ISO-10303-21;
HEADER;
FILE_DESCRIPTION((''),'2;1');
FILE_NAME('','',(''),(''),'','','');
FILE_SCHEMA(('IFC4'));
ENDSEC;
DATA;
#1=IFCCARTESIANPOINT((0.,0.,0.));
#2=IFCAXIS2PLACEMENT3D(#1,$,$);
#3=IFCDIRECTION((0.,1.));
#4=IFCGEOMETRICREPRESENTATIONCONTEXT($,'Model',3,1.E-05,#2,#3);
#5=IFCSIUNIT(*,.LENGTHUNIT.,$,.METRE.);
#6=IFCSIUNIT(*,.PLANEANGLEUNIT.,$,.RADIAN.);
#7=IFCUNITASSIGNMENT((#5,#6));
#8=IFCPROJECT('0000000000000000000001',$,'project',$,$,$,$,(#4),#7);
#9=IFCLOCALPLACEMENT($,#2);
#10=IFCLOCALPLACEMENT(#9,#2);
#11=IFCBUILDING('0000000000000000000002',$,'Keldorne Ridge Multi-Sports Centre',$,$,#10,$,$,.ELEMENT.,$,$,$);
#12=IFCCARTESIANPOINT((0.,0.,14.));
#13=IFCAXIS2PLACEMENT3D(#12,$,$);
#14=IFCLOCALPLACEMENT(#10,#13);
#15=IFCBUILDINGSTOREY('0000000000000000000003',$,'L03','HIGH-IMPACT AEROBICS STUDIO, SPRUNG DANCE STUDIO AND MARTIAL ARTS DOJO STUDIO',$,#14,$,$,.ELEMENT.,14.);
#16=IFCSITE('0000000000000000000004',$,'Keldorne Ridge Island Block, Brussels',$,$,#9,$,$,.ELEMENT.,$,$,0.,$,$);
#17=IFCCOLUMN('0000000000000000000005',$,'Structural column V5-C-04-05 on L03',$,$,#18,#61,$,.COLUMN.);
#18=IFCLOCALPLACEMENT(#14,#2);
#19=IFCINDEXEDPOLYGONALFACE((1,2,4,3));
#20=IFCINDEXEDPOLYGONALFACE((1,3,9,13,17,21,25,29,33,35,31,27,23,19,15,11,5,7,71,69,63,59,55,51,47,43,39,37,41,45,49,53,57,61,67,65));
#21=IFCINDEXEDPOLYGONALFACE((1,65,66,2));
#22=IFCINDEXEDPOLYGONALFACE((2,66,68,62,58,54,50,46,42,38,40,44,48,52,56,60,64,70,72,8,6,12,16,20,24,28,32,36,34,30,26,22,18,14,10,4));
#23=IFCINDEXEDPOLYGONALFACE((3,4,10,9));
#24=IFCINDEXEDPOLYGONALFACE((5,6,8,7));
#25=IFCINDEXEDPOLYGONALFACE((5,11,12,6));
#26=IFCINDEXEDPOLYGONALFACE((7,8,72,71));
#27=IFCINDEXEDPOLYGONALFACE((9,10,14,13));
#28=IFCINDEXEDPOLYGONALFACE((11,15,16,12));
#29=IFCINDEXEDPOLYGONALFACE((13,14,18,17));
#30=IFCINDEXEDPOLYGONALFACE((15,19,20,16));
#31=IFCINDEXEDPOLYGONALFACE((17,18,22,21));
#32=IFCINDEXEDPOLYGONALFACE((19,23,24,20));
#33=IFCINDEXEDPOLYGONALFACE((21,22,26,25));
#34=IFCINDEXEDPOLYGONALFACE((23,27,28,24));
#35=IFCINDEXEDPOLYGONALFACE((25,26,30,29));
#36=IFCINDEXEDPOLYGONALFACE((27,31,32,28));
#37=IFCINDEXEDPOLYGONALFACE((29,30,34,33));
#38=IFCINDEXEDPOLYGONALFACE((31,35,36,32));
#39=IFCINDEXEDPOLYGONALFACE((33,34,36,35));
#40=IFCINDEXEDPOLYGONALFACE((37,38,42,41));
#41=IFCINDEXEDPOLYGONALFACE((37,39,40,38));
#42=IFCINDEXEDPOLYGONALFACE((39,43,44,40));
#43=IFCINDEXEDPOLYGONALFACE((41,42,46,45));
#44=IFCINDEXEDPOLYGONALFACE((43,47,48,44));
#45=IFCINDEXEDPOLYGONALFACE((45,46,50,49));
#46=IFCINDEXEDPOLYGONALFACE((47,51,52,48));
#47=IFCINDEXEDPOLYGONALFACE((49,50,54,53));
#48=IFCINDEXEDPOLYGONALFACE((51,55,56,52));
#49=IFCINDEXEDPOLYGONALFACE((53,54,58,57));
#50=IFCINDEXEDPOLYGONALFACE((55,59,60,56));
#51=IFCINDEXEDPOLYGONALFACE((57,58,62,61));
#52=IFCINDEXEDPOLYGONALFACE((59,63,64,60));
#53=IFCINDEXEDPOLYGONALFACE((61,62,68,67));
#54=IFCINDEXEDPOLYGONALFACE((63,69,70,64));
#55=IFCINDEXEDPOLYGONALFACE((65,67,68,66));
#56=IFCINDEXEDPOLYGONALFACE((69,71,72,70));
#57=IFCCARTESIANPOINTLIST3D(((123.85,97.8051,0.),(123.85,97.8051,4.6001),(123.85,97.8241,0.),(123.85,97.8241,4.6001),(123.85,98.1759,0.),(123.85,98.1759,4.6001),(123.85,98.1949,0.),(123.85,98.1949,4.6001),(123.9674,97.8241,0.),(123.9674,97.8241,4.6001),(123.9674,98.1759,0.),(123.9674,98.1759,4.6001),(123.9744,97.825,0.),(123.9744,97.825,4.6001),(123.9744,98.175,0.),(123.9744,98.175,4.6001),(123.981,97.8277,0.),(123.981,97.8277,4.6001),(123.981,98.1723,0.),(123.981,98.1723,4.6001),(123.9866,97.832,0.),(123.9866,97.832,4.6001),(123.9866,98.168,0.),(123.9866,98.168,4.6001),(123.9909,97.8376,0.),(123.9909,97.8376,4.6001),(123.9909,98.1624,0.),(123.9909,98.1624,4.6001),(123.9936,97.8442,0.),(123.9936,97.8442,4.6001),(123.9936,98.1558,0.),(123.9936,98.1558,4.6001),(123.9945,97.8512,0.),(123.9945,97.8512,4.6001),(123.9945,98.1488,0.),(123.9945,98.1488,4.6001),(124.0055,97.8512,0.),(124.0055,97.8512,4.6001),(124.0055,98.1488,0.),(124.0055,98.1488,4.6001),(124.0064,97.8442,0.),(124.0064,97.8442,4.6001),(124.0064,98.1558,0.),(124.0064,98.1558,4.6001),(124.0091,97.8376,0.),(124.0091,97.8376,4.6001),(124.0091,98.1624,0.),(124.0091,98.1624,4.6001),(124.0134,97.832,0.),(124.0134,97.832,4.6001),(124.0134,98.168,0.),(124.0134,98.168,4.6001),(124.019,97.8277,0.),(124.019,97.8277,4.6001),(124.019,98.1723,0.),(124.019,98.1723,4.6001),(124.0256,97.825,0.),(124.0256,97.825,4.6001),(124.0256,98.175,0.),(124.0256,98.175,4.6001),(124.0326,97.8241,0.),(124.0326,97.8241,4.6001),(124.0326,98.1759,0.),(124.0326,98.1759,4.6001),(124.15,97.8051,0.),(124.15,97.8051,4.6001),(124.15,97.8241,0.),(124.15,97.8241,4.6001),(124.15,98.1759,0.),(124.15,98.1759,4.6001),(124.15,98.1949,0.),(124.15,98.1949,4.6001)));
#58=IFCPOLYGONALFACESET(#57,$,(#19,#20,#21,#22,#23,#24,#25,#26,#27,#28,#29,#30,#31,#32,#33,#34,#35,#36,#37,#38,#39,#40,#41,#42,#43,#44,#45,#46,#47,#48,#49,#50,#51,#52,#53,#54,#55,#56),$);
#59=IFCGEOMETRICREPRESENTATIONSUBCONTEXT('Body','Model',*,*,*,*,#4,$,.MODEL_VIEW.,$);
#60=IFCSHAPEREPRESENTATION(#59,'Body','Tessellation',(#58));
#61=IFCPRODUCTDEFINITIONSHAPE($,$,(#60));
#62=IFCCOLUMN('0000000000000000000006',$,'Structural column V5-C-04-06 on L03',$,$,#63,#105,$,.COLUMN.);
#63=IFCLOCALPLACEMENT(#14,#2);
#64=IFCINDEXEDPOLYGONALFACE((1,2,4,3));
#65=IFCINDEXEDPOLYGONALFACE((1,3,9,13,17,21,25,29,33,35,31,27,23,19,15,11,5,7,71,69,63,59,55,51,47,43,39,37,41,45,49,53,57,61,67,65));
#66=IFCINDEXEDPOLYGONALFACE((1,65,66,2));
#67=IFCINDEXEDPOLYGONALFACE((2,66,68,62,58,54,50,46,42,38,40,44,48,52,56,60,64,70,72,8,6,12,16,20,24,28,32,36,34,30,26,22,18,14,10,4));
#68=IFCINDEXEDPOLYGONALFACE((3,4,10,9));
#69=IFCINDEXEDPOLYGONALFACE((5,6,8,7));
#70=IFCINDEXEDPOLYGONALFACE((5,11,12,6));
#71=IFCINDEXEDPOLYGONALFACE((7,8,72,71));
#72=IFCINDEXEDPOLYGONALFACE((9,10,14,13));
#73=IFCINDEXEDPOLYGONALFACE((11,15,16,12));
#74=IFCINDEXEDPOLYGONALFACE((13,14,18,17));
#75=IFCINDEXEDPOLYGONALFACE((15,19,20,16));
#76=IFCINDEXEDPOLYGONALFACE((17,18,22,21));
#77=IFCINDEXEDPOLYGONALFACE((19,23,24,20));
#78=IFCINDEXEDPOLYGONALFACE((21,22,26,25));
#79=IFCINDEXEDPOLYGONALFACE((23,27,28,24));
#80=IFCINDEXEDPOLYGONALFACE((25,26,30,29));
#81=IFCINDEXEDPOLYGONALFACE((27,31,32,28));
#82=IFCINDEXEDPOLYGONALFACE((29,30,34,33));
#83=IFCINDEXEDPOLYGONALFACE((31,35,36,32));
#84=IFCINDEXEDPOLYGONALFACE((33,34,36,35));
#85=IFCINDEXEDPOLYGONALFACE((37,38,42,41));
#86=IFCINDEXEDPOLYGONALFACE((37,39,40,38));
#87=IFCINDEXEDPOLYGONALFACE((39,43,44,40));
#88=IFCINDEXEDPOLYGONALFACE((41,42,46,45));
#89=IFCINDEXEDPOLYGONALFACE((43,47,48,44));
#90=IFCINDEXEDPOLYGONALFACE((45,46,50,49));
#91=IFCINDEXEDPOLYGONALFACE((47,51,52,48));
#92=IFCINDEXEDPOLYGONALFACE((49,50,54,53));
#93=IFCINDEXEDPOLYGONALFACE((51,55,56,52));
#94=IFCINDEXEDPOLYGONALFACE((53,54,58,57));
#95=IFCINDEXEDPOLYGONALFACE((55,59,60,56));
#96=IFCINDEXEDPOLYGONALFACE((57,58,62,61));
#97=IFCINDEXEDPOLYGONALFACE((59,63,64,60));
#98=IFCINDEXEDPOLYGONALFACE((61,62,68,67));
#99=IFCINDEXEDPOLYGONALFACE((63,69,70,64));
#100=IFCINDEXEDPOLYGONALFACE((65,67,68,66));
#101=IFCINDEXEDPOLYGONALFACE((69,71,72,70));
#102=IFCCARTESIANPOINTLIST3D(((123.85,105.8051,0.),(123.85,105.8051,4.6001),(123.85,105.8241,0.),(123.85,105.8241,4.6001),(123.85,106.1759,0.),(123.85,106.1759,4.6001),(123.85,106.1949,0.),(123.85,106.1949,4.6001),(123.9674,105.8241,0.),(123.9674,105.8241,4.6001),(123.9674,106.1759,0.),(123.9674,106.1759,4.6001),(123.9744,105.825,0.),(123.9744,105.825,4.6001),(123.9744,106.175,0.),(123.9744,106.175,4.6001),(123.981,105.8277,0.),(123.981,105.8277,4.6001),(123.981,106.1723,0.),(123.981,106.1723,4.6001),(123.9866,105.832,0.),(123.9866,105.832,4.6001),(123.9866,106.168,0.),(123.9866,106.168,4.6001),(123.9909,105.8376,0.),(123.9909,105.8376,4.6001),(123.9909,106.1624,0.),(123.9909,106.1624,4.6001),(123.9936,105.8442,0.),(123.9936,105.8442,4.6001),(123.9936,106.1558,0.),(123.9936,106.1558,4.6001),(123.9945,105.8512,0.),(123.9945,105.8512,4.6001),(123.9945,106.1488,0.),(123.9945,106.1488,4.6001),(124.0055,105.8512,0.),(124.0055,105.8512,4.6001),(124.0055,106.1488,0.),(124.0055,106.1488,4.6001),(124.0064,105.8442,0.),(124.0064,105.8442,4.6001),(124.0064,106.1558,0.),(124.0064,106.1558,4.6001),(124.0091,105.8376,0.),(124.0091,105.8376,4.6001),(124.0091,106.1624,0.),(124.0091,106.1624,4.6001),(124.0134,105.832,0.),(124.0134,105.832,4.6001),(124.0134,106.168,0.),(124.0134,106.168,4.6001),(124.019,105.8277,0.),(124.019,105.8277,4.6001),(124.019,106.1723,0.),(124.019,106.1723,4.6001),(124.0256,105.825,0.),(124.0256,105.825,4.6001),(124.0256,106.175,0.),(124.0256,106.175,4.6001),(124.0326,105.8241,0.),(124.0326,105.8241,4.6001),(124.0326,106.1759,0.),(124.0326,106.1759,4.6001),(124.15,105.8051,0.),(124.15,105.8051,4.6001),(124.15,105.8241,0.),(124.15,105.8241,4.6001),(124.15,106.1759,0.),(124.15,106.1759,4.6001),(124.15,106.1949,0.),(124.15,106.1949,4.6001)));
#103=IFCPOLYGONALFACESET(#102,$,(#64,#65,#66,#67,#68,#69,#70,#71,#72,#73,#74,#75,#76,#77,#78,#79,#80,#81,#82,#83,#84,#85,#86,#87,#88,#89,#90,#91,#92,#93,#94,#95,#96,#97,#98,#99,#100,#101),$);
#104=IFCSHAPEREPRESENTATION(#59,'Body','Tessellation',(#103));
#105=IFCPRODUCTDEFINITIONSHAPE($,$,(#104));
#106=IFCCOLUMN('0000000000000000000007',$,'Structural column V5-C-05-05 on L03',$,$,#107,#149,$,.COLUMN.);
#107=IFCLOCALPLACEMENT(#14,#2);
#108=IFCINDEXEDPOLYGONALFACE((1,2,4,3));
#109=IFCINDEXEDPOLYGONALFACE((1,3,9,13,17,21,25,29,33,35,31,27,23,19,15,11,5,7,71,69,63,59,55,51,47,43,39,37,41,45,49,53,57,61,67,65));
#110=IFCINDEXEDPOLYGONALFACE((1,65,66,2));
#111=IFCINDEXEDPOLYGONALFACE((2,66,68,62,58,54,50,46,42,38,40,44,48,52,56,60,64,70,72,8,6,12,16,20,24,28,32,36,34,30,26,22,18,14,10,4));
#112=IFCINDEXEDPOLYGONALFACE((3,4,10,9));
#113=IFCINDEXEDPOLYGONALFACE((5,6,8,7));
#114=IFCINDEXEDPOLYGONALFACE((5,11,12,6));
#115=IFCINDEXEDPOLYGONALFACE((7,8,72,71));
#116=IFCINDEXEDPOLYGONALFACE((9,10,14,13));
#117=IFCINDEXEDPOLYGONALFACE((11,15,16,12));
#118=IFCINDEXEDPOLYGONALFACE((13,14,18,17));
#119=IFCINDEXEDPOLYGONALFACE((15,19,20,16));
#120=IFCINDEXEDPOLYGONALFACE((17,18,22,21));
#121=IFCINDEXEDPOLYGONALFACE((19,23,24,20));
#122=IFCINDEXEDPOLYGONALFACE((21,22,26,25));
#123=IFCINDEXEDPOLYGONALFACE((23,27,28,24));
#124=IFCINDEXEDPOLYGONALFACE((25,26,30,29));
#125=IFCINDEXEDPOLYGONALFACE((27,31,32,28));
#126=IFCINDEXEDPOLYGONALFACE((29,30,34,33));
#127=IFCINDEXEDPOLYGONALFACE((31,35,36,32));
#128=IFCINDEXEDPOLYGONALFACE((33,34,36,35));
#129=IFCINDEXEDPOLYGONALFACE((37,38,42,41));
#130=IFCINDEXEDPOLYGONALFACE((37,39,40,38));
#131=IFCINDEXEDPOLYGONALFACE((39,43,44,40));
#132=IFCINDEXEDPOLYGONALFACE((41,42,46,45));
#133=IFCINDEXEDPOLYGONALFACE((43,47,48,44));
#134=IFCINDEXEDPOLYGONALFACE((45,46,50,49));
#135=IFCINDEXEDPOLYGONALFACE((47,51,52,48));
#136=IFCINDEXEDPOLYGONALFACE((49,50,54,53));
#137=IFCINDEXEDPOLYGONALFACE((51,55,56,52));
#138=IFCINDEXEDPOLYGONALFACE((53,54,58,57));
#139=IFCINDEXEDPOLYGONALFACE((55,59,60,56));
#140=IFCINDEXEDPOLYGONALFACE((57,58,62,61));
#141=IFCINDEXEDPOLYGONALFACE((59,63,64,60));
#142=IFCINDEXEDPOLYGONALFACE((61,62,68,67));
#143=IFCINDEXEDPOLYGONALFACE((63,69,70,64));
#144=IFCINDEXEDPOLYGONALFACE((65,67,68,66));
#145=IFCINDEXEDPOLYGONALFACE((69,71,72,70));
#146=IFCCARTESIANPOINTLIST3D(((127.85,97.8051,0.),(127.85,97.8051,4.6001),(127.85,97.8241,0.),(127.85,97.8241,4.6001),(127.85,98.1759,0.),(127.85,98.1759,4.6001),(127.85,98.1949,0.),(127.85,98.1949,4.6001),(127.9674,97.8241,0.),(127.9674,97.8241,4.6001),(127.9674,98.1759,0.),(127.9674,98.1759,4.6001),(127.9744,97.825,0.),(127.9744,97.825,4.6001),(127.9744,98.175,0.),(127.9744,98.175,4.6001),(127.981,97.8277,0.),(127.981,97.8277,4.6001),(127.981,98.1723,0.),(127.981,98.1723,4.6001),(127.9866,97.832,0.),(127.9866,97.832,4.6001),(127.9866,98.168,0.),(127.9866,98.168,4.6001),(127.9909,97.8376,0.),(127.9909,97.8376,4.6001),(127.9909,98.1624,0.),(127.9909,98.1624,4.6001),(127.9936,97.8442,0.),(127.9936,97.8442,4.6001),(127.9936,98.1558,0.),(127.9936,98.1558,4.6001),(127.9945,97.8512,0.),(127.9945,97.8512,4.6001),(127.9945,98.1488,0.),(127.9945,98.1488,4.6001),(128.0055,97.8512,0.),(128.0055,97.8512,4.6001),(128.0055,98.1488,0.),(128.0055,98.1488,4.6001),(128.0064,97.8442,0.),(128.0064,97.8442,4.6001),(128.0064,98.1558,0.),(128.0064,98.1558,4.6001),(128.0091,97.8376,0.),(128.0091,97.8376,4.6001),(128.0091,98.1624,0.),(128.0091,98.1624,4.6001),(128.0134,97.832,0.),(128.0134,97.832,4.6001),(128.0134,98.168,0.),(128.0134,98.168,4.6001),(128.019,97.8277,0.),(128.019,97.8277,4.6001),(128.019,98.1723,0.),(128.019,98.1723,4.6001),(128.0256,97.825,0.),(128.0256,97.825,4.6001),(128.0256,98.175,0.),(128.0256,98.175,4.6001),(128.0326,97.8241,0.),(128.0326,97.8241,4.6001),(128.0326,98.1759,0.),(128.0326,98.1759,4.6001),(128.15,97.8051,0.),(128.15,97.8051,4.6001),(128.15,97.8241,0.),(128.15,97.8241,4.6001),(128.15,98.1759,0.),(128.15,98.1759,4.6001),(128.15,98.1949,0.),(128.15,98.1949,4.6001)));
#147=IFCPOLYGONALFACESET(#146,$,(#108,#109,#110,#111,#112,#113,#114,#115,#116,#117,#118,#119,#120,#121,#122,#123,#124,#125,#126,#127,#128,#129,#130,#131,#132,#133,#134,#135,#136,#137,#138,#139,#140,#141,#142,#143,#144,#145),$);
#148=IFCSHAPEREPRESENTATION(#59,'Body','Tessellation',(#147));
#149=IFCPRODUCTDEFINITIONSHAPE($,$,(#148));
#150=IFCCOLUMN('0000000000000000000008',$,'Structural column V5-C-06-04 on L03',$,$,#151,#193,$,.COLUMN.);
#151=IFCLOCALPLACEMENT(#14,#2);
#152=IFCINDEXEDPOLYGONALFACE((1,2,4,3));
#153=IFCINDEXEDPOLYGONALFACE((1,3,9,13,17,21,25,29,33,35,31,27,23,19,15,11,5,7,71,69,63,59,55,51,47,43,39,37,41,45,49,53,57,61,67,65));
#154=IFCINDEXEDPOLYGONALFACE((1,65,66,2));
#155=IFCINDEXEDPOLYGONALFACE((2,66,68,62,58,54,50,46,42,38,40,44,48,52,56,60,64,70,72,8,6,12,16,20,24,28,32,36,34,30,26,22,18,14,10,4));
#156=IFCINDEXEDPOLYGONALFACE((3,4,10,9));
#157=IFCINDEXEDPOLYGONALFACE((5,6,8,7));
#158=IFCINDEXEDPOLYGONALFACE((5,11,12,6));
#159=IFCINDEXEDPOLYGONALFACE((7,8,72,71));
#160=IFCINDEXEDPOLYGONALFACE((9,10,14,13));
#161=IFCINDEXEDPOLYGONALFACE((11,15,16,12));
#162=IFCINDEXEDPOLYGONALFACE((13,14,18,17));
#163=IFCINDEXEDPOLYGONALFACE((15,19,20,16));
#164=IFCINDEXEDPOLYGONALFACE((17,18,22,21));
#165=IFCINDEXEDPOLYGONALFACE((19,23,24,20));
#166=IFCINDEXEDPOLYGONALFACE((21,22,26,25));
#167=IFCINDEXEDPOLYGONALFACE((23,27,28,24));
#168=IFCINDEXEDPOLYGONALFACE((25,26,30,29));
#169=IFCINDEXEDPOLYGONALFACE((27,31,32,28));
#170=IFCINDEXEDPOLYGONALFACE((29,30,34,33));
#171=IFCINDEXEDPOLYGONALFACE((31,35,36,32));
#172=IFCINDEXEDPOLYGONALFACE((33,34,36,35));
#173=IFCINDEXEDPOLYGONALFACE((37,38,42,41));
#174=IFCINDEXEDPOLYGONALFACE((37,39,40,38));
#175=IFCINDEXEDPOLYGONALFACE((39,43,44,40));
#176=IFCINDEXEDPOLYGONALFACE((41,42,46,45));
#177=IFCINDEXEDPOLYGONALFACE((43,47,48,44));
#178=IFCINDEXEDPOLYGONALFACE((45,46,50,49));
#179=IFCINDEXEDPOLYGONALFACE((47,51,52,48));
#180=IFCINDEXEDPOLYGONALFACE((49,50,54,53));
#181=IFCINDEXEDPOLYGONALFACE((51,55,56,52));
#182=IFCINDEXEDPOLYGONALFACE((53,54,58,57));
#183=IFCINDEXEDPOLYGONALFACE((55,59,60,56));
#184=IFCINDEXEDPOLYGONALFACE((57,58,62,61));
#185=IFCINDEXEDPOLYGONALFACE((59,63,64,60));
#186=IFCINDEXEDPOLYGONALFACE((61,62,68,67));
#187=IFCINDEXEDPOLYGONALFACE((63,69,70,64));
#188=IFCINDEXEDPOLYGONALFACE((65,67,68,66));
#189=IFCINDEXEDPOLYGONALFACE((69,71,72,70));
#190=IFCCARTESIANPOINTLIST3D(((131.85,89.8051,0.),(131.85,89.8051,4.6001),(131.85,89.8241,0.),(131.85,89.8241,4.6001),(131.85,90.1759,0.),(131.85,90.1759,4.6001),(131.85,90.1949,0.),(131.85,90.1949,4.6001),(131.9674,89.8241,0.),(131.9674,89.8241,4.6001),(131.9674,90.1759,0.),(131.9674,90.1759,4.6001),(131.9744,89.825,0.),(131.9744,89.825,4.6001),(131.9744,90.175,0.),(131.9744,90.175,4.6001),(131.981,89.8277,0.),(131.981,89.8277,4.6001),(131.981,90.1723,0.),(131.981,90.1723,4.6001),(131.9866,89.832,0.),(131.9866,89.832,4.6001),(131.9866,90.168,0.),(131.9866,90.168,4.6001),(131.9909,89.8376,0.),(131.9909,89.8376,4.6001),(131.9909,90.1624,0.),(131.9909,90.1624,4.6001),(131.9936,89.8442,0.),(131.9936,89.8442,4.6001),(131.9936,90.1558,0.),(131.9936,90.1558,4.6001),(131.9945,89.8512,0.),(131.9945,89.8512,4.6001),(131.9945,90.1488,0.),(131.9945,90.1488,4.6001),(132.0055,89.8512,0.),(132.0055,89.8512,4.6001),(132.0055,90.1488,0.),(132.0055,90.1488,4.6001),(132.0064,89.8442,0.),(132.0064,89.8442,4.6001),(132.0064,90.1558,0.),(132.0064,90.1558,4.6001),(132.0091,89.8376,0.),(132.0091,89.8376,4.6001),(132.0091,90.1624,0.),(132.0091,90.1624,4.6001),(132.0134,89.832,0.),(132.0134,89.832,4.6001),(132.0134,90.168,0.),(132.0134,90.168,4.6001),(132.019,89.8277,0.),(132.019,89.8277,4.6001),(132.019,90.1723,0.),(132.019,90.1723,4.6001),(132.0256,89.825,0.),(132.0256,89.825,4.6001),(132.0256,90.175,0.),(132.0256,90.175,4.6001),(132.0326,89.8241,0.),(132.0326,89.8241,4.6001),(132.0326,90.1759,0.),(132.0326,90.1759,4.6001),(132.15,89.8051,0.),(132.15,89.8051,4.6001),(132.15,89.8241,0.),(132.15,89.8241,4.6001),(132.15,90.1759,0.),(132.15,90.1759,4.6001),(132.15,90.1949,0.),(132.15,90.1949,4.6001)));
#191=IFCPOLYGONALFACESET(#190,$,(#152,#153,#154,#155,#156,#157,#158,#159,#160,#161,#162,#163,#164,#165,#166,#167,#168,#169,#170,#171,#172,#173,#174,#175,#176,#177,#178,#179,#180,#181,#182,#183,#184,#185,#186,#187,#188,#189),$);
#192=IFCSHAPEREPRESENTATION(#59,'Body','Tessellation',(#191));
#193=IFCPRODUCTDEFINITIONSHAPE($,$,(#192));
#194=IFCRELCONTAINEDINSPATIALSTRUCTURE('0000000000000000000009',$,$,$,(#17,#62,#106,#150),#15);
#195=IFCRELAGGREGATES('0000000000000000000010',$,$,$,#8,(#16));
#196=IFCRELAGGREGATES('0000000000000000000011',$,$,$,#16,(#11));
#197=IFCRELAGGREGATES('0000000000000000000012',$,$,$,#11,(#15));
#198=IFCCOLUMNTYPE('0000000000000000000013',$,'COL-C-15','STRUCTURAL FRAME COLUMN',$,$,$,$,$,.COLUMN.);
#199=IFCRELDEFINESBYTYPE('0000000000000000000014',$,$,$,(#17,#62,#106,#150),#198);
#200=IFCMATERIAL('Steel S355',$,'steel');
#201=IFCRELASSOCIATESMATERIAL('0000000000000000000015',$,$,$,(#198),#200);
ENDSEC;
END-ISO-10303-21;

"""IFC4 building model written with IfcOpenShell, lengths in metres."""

from ifc_helpers import new_model, si_unit, direction, frame, origin, origin_2d, place, context, subcontext, project, spatial, i_section, extrude, material, material_profile, profile_set, type_object, element, save


model = new_model("IFC4")

# Units and contexts
model_context = context("Model", 3, precision=1e-05, world=origin(), true_north=direction((0.0, 1.0)))
body_context = subcontext(model_context, "Body", "Model", "MODEL_VIEW")
ifc_project = project(units=[si_unit("LENGTHUNIT", "METRE"), si_unit("PLANEANGLEUNIT", "RADIAN")], contexts=[model_context])

# Site, building, storey
site_placement = place(None, origin())
site = spatial("IfcSite", under=ifc_project, at=site_placement, Name="Keldorne Ridge Island Block, Brussels", CompositionType="ELEMENT", RefElevation=0.0)
building_placement = place(site_placement, origin())
building = spatial("IfcBuilding", under=site, at=building_placement, Name="Keldorne Ridge Multi-Sports Centre", CompositionType="ELEMENT")
storey_placement = place(building_placement, frame((0.0, 0.0, 14.0)))
storey = spatial("IfcBuildingStorey", under=building, at=storey_placement, Name="L03", Description="HIGH-IMPACT AEROBICS STUDIO, SPRUNG DANCE STUDIO AND MARTIAL ARTS DOJO STUDIO", CompositionType="ELEMENT", Elevation=14.0)

# Columns
ifc_material_1 = material(Name="Steel S355", Category="steel")
ifc_material_profile_1 = material_profile(ifc_material_1, i_section(OverallWidth=0.3, OverallDepth=0.3899, WebThickness=0.011, FlangeThickness=0.019, FilletRadius=0.0271, at=origin_2d()), Name="HEA 400")
ifc_profile_set_1 = profile_set([ifc_material_profile_1], Name="Steel S355")
column_type = type_object("IfcColumnType", Name="COL-C-15", Description="STRUCTURAL FRAME COLUMN", PredefinedType="COLUMN", material=ifc_profile_set_1)
for number, where, z_axis, x_axis, name in (
    (1, (124.0, 98.0, 0.0), (0.0, 0.0, 1.0), (1.0, 0.0, 0.0), "Structural column V5-C-04-05 on L03"),
    (2, (124.0, 106.0, 0.0), (0.0, 0.0, 1.0), (1.0, 0.0, 0.0), "Structural column V5-C-04-06 on L03"),
    (3, (128.0, 98.0, 0.0), (0.0, 0.0, 1.0), (1.0, 0.0, 0.0), "Structural column V5-C-05-05 on L03"),
    (4, (132.0, 90.0, 0.0), (0.0, 0.0, 1.0), (1.0, 0.0, 0.0), "Structural column V5-C-06-04 on L03"),
):
    element("IfcColumn", number, at=place(storey_placement, frame(where, z_axis=z_axis, x_axis=x_axis)), inside=storey, type_object=column_type, Name=name, PredefinedType="COLUMN", context=body_context, shape_type="SweptSolid", body=[
        extrude(i_section(OverallWidth=0.3, OverallDepth=0.3899, WebThickness=0.011, FlangeThickness=0.019, FilletRadius=0.0271, at=origin_2d()), origin(), (0.0, 0.0, 1.0), 4.6001),
    ])

save(model, "model.ifc")
